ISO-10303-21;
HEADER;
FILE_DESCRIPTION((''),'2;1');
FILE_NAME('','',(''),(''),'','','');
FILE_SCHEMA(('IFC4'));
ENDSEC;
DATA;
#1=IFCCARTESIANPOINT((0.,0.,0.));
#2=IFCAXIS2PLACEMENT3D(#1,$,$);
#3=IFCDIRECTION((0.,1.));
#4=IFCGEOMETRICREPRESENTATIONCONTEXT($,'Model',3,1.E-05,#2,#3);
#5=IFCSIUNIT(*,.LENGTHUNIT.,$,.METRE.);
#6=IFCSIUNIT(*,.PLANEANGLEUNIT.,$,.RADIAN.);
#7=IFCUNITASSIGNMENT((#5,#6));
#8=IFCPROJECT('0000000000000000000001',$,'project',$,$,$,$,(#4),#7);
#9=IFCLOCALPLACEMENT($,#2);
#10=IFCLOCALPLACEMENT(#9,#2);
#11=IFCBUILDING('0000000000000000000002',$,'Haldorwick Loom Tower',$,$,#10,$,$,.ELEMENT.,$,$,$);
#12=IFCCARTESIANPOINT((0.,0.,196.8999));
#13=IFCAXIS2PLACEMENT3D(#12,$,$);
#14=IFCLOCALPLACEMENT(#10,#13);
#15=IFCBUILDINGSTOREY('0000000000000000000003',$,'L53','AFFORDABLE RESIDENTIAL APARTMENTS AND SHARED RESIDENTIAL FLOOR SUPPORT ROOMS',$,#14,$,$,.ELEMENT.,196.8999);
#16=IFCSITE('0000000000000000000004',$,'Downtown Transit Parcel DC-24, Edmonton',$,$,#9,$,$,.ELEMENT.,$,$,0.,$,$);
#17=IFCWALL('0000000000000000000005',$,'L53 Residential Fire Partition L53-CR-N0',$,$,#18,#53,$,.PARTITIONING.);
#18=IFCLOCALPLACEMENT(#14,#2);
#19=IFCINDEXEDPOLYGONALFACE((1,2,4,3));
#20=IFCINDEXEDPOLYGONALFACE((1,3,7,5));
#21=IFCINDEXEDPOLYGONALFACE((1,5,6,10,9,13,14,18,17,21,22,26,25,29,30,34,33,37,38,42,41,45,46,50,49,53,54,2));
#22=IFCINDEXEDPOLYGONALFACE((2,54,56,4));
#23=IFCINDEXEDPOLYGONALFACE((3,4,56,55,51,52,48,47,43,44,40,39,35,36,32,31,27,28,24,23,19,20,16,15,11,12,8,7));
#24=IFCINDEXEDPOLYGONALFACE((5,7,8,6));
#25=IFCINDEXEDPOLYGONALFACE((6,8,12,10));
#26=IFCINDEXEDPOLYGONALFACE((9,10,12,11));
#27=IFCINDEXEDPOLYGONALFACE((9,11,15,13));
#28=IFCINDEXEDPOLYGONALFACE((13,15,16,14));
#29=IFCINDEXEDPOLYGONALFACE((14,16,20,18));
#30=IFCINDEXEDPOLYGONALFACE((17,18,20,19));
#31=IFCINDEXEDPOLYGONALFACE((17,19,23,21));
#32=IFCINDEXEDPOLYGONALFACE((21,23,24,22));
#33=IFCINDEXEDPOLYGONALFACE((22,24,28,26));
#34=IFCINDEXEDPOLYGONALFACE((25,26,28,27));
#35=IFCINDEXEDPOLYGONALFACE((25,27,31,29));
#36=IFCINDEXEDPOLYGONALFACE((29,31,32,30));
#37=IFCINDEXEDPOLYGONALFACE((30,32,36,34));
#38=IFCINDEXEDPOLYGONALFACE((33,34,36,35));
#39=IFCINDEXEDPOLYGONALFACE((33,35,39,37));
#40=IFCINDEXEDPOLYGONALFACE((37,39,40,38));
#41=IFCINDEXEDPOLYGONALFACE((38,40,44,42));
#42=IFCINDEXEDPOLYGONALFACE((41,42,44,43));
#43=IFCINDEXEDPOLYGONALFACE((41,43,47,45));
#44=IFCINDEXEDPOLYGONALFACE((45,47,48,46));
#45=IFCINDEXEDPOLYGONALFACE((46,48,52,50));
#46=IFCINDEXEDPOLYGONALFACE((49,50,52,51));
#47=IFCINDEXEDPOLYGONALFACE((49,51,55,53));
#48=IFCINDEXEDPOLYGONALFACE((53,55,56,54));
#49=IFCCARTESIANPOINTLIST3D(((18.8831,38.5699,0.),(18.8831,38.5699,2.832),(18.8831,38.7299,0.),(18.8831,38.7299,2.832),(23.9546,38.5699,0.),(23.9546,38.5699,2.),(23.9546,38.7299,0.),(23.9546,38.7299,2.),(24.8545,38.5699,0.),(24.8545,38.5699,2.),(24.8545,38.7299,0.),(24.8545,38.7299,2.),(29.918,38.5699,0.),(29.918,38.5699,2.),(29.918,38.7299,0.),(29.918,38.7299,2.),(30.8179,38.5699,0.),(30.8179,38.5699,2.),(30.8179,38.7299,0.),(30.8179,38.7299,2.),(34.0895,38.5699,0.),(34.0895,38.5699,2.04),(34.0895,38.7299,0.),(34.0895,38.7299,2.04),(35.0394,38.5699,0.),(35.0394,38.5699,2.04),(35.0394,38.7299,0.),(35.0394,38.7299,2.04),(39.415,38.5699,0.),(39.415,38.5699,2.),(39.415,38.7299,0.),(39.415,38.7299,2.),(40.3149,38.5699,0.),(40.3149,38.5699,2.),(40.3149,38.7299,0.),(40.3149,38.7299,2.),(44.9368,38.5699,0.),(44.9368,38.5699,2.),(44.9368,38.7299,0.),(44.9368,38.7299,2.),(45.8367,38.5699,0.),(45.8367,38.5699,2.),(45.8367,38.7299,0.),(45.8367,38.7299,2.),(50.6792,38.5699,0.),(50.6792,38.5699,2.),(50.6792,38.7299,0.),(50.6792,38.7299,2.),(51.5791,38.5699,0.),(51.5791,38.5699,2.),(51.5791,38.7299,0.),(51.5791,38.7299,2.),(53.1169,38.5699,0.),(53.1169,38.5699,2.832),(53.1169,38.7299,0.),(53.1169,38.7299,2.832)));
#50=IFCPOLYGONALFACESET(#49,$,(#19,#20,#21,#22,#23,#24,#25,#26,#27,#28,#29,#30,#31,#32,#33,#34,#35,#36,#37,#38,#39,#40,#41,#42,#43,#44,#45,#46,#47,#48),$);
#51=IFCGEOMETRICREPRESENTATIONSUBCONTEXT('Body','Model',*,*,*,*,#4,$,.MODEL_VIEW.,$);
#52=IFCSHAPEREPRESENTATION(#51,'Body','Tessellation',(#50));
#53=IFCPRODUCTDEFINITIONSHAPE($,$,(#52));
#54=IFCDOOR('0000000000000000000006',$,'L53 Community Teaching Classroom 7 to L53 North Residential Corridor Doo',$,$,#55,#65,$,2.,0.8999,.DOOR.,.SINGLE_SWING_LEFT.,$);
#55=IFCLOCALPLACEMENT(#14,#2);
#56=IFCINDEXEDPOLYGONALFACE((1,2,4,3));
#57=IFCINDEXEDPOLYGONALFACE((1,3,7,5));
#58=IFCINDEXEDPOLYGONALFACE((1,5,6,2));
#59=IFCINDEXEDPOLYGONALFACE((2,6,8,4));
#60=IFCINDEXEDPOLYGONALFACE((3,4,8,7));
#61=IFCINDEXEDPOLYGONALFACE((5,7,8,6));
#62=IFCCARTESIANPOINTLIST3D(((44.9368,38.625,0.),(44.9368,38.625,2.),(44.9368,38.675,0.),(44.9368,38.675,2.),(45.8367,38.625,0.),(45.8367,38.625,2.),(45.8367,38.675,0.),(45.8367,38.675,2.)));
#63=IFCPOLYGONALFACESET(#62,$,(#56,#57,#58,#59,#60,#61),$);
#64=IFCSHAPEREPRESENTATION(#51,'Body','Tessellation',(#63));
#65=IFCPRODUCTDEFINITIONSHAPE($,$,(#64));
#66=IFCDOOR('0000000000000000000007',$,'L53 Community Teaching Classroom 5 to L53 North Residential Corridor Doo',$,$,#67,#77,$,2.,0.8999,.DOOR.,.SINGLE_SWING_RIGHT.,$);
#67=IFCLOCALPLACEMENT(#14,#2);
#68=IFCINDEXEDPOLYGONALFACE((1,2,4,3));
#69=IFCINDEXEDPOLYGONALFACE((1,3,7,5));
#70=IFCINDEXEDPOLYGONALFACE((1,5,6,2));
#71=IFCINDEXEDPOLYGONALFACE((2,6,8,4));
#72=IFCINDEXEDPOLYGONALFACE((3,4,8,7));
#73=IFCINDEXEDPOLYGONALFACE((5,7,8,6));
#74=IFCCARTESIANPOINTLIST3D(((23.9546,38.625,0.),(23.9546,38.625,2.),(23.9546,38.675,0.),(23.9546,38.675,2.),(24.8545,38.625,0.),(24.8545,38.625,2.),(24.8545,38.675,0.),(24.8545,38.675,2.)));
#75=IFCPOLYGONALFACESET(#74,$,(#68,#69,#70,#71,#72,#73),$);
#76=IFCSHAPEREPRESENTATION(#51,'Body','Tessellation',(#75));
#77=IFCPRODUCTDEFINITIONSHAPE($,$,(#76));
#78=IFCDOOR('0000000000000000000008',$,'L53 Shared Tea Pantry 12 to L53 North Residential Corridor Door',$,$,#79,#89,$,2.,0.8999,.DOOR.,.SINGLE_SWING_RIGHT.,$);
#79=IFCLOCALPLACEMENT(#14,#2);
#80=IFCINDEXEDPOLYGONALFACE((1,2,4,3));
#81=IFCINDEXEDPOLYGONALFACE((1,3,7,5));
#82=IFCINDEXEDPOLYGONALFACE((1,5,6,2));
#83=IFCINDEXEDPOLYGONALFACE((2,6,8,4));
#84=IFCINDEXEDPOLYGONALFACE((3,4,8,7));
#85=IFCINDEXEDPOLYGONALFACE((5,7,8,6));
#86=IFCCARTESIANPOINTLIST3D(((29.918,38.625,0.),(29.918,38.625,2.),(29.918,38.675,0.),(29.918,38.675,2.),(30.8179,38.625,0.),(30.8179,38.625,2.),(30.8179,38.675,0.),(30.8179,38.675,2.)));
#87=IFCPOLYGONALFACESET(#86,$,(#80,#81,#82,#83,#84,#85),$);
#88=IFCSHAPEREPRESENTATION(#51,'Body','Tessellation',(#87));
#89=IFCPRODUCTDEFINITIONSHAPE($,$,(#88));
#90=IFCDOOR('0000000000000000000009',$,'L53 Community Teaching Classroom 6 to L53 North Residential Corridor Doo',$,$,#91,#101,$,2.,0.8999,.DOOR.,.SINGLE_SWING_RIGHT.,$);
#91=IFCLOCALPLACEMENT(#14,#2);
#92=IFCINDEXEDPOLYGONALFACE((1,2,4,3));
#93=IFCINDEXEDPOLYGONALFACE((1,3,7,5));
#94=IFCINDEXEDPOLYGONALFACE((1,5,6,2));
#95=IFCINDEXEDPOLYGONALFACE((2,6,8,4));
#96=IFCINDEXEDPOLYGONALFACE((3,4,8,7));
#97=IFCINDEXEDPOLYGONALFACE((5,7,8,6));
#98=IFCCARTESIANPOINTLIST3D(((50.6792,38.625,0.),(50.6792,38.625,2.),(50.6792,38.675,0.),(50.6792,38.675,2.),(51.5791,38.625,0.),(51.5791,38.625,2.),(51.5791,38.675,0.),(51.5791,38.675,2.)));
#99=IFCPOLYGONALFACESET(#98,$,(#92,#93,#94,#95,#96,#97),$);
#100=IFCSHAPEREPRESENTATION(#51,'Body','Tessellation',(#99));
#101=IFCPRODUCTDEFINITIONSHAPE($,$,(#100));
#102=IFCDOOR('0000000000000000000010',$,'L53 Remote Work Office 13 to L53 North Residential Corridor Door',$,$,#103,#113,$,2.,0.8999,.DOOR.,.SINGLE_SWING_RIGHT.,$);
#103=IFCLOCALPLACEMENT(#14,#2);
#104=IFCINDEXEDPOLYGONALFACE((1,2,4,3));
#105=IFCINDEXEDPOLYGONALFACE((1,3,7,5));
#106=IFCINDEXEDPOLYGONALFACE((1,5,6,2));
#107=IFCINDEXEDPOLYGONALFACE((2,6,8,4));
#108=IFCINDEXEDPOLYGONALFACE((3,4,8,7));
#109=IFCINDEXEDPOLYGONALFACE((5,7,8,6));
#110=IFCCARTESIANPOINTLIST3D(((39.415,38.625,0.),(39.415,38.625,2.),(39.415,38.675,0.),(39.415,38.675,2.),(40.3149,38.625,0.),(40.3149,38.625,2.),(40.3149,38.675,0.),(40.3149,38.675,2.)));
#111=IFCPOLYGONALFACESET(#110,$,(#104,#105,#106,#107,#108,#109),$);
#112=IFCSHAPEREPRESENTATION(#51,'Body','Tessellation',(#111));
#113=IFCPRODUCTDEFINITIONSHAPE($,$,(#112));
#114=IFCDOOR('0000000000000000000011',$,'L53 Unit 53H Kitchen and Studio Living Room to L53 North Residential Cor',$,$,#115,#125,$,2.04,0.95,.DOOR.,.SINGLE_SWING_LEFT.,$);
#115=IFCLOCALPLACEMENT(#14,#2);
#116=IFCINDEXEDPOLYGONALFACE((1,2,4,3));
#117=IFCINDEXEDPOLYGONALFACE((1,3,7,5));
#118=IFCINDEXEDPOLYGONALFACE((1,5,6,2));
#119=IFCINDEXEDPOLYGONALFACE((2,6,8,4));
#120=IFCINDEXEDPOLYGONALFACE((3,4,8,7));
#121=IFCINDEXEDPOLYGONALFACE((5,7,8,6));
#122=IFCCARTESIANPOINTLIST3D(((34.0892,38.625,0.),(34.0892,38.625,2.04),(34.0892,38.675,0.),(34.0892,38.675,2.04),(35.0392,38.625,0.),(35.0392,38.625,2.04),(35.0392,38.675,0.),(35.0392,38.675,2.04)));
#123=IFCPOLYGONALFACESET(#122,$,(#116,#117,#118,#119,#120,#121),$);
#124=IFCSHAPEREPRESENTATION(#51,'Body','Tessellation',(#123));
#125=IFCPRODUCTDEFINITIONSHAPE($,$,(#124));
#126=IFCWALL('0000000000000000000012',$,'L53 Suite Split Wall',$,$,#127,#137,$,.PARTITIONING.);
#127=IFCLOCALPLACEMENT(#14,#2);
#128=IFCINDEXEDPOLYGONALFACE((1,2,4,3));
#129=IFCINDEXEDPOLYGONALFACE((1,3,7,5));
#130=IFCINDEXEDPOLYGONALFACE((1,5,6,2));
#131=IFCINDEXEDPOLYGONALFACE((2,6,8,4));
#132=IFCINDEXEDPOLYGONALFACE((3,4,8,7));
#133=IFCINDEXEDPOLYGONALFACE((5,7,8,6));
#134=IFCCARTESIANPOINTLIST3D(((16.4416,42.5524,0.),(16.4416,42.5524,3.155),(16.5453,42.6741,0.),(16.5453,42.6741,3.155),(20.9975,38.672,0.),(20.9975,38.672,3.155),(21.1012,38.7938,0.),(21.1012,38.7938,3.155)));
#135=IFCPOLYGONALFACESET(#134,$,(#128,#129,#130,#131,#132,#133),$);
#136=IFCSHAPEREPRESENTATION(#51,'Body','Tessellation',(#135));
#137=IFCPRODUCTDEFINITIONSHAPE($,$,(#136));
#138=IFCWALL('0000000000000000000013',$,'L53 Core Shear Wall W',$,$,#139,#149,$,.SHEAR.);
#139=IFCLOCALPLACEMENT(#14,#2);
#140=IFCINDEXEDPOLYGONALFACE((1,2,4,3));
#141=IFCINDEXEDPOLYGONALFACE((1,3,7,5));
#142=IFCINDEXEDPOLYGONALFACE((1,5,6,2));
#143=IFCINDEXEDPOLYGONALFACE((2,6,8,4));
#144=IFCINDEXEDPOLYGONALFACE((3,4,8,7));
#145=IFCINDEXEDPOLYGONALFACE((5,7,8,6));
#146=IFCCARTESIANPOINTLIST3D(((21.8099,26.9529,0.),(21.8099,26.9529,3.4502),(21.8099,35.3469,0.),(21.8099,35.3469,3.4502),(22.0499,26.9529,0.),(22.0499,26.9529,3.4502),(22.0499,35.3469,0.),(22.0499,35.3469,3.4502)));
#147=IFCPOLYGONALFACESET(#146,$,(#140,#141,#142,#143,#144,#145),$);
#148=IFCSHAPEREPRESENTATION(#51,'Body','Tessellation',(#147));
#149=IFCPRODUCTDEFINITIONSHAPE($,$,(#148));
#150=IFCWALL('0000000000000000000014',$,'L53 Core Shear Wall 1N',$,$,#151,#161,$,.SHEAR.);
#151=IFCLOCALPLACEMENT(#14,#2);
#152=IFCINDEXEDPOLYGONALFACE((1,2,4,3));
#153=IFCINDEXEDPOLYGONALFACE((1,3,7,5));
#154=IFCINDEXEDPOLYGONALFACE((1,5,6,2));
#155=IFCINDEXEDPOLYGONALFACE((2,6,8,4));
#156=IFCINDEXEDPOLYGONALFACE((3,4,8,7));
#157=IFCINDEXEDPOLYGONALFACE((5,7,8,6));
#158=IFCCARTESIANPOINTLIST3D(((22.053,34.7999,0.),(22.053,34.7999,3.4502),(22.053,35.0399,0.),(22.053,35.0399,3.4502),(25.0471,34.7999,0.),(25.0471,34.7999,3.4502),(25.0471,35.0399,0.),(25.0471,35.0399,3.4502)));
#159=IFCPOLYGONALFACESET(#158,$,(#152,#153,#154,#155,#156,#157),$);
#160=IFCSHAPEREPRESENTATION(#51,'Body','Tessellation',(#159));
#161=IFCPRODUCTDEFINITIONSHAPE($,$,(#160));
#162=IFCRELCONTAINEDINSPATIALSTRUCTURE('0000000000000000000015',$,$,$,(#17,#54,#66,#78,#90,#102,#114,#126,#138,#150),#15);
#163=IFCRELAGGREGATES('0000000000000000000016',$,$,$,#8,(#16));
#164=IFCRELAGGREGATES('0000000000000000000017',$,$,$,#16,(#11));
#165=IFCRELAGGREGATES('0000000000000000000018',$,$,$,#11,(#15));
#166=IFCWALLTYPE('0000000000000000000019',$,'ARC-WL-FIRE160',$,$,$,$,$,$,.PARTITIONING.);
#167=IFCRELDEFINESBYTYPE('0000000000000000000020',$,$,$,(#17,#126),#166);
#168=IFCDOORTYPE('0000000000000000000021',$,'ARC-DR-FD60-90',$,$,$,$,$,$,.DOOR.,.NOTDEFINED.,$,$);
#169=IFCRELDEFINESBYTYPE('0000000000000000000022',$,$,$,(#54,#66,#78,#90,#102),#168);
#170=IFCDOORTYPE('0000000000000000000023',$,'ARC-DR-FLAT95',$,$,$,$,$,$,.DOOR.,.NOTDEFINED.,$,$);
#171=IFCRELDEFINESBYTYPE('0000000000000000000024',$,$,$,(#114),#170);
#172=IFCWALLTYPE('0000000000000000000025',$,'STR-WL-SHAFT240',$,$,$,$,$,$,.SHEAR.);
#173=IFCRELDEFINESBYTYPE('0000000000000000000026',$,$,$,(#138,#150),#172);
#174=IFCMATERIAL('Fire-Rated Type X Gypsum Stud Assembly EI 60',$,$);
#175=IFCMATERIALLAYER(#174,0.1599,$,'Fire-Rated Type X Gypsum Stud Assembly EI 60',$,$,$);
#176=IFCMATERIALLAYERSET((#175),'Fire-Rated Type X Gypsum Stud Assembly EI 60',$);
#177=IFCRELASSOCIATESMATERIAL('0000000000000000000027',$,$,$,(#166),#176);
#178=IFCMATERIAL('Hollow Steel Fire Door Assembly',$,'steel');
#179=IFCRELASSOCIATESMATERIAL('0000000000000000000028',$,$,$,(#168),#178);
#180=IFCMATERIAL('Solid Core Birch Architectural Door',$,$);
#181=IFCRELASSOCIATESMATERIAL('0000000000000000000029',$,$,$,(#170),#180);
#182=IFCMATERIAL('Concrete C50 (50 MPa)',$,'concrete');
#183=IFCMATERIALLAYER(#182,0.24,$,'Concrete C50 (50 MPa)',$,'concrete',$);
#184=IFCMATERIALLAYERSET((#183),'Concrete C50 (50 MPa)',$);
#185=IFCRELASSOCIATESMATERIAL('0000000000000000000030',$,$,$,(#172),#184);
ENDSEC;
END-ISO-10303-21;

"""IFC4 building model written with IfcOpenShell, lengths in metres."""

from ifc_helpers import new_model, si_unit, direction, frame, frame_2d, origin, place, context, subcontext, project, spatial, rectangle, extrude, material, layer, layer_set, type_object, element, fill, save


model = new_model("IFC4")

# Units and contexts
model_context = context("Model", 3, precision=1e-05, world=origin(), true_north=direction((0.0, 1.0)))
body_context = subcontext(model_context, "Body", "Model", "MODEL_VIEW")
ifc_project = project(units=[si_unit("LENGTHUNIT", "METRE"), si_unit("PLANEANGLEUNIT", "RADIAN")], contexts=[model_context])

# Site, building, storey
site_placement = place(None, origin())
site = spatial("IfcSite", under=ifc_project, at=site_placement, Name="Downtown Transit Parcel DC-24, Edmonton", CompositionType="ELEMENT", RefElevation=0.0)
building_placement = place(site_placement, origin())
building = spatial("IfcBuilding", under=site, at=building_placement, Name="Haldorwick Loom Tower", CompositionType="ELEMENT")
storey_placement = place(building_placement, frame((0.0, 0.0, 196.8999)))
storey = spatial("IfcBuildingStorey", under=building, at=storey_placement, Name="L53", Description="AFFORDABLE RESIDENTIAL APARTMENTS AND SHARED RESIDENTIAL FLOOR SUPPORT ROOMS", CompositionType="ELEMENT", Elevation=196.8999)

# Shared definitions
ifc_material_1 = material(Name="Concrete C50 (50 MPa)", Category="concrete")

# Wall, openings, doors
ifc_material_2 = material(Name="Fire-Rated Type X Gypsum Stud Assembly EI 60")
ifc_layer_1 = layer(ifc_material_2, 0.1599, Name="Fire-Rated Type X Gypsum Stud Assembly EI 60")
ifc_layer_set_1 = layer_set([ifc_layer_1], Name="Fire-Rated Type X Gypsum Stud Assembly EI 60")
wall_type_1 = type_object("IfcWallType", Name="ARC-WL-FIRE160", PredefinedType="PARTITIONING", material=ifc_layer_set_1)
wall_1_placement = place(storey_placement, frame((18.8831, 38.6499, 0.0), z_axis=(0.0, 0.0, 1.0), x_axis=(1.0, 0.0, 0.0)))
wall_1 = element("IfcWall", 1, at=wall_1_placement, inside=storey, type_object=wall_type_1, Name="L53 Residential Fire Partition L53-CR-N0", PredefinedType="PARTITIONING", context=body_context, shape_type="SweptSolid", body=[
    extrude(rectangle(XDim=34.2339, YDim=0.1599, at=frame_2d((17.1169, 0.0))), origin(), (0.0, 0.0, 1.0), 2.832),
])
opening_1_placement = place(wall_1_placement, frame((26.0537, 0.0, 0.0)))
opening_1 = element("IfcOpeningElement", 2, at=opening_1_placement, cuts=wall_1, PredefinedType="OPENING", context=body_context, shape_type="SweptSolid", body=[
    extrude(rectangle(XDim=0.8999, YDim=2.0, at=frame_2d((0.45, 1.0))), frame((0.0, 0.0898, 0.0), z_axis=(0.0, -1.0, 0.0), x_axis=(1.0, 0.0, 0.0)), (0.0, 0.0, 1.0), 0.1799),
])
opening_2_placement = place(wall_1_placement, frame((5.0715, 0.0, 0.0)))
opening_2 = element("IfcOpeningElement", 3, at=opening_2_placement, cuts=wall_1, PredefinedType="OPENING", context=body_context, shape_type="SweptSolid", body=[
    extrude(rectangle(XDim=0.8999, YDim=2.0, at=frame_2d((0.45, 1.0))), frame((0.0, 0.0898, 0.0), z_axis=(0.0, -1.0, 0.0), x_axis=(1.0, 0.0, 0.0)), (0.0, 0.0, 1.0), 0.1799),
])
opening_3_placement = place(wall_1_placement, frame((11.0349, 0.0, 0.0)))
opening_3 = element("IfcOpeningElement", 4, at=opening_3_placement, cuts=wall_1, PredefinedType="OPENING", context=body_context, shape_type="SweptSolid", body=[
    extrude(rectangle(XDim=0.8999, YDim=2.0, at=frame_2d((0.45, 1.0))), frame((0.0, 0.0898, 0.0), z_axis=(0.0, -1.0, 0.0), x_axis=(1.0, 0.0, 0.0)), (0.0, 0.0, 1.0), 0.1799),
])
opening_4_placement = place(wall_1_placement, frame((15.2063, 0.0, 0.0)))
opening_4 = element("IfcOpeningElement", 5, at=opening_4_placement, cuts=wall_1, PredefinedType="OPENING", context=body_context, shape_type="SweptSolid", body=[
    extrude(rectangle(XDim=0.95, YDim=2.04, at=frame_2d((0.4751, 1.02))), frame((0.0, 0.0898, 0.0), z_axis=(0.0, -1.0, 0.0), x_axis=(1.0, 0.0, 0.0)), (0.0, 0.0, 1.0), 0.1799),
])
opening_5_placement = place(wall_1_placement, frame((31.7961, 0.0, 0.0)))
opening_5 = element("IfcOpeningElement", 6, at=opening_5_placement, cuts=wall_1, PredefinedType="OPENING", context=body_context, shape_type="SweptSolid", body=[
    extrude(rectangle(XDim=0.8999, YDim=2.0, at=frame_2d((0.45, 1.0))), frame((0.0, 0.0898, 0.0), z_axis=(0.0, -1.0, 0.0), x_axis=(1.0, 0.0, 0.0)), (0.0, 0.0, 1.0), 0.1799),
])
opening_6_placement = place(wall_1_placement, frame((20.532, 0.0, 0.0)))
opening_6 = element("IfcOpeningElement", 7, at=opening_6_placement, cuts=wall_1, PredefinedType="OPENING", context=body_context, shape_type="SweptSolid", body=[
    extrude(rectangle(XDim=0.8999, YDim=2.0, at=frame_2d((0.45, 1.0))), frame((0.0, 0.0898, 0.0), z_axis=(0.0, -1.0, 0.0), x_axis=(1.0, 0.0, 0.0)), (0.0, 0.0, 1.0), 0.1799),
])
ifc_material_3 = material(Name="Hollow Steel Fire Door Assembly", Category="steel")
door_type_1 = type_object("IfcDoorType", Name="ARC-DR-FD60-90", OperationType="NOTDEFINED", PredefinedType="DOOR", material=ifc_material_3)
door_1_placement = place(opening_1_placement, frame((0.8999, 0.0, 0.0), z_axis=(0.0, 0.0, 1.0), x_axis=(-1.0, 0.0, 0.0)))
door_1 = element("IfcDoor", 8, at=door_1_placement, inside=storey, type_object=door_type_1, Name="L53 Community Teaching Classroom 7 to L53 North Residential Corridor Doo", OperationType="SINGLE_SWING_LEFT", OverallHeight=2.0, OverallWidth=0.8999, PredefinedType="DOOR", context=body_context, shape_type="SweptSolid", body=[
    extrude(rectangle(XDim=0.8999, YDim=2.0, at=frame_2d((0.45, 1.0))), frame((0.0, 0.0249, 0.0), z_axis=(0.0, -1.0, 0.0), x_axis=(1.0, 0.0, 0.0)), (0.0, 0.0, 1.0), 0.05),
])
fill(opening_1, door_1)
door_2_placement = place(opening_2_placement, frame((0.8999, 0.0, 0.0), z_axis=(0.0, 0.0, 1.0), x_axis=(-1.0, 0.0, 0.0)))
door_2 = element("IfcDoor", 9, at=door_2_placement, inside=storey, type_object=door_type_1, Name="L53 Community Teaching Classroom 5 to L53 North Residential Corridor Doo", OperationType="SINGLE_SWING_RIGHT", OverallHeight=2.0, OverallWidth=0.8999, PredefinedType="DOOR", context=body_context, shape_type="SweptSolid", body=[
    extrude(rectangle(XDim=0.8999, YDim=2.0, at=frame_2d((0.45, 1.0))), frame((0.0, 0.0249, 0.0), z_axis=(0.0, -1.0, 0.0), x_axis=(1.0, 0.0, 0.0)), (0.0, 0.0, 1.0), 0.05),
])
fill(opening_2, door_2)
door_3_placement = place(opening_3_placement, frame((0.8999, 0.0, 0.0), z_axis=(0.0, 0.0, 1.0), x_axis=(-1.0, 0.0, 0.0)))
door_3 = element("IfcDoor", 10, at=door_3_placement, inside=storey, type_object=door_type_1, Name="L53 Shared Tea Pantry 12 to L53 North Residential Corridor Door", OperationType="SINGLE_SWING_RIGHT", OverallHeight=2.0, OverallWidth=0.8999, PredefinedType="DOOR", context=body_context, shape_type="SweptSolid", body=[
    extrude(rectangle(XDim=0.8999, YDim=2.0, at=frame_2d((0.45, 1.0))), frame((0.0, 0.0249, 0.0), z_axis=(0.0, -1.0, 0.0), x_axis=(1.0, 0.0, 0.0)), (0.0, 0.0, 1.0), 0.05),
])
fill(opening_3, door_3)
door_4_placement = place(opening_5_placement, frame((0.8999, 0.0, 0.0), z_axis=(0.0, 0.0, 1.0), x_axis=(-1.0, 0.0, 0.0)))
door_4 = element("IfcDoor", 11, at=door_4_placement, inside=storey, type_object=door_type_1, Name="L53 Community Teaching Classroom 6 to L53 North Residential Corridor Doo", OperationType="SINGLE_SWING_RIGHT", OverallHeight=2.0, OverallWidth=0.8999, PredefinedType="DOOR", context=body_context, shape_type="SweptSolid", body=[
    extrude(rectangle(XDim=0.8999, YDim=2.0, at=frame_2d((0.45, 1.0))), frame((0.0, 0.0249, 0.0), z_axis=(0.0, -1.0, 0.0), x_axis=(1.0, 0.0, 0.0)), (0.0, 0.0, 1.0), 0.05),
])
fill(opening_5, door_4)
door_5_placement = place(opening_6_placement, frame((0.8999, 0.0, 0.0), z_axis=(0.0, 0.0, 1.0), x_axis=(-1.0, 0.0, 0.0)))
door_5 = element("IfcDoor", 12, at=door_5_placement, inside=storey, type_object=door_type_1, Name="L53 Remote Work Office 13 to L53 North Residential Corridor Door", OperationType="SINGLE_SWING_RIGHT", OverallHeight=2.0, OverallWidth=0.8999, PredefinedType="DOOR", context=body_context, shape_type="SweptSolid", body=[
    extrude(rectangle(XDim=0.8999, YDim=2.0, at=frame_2d((0.45, 1.0))), frame((0.0, 0.0249, 0.0), z_axis=(0.0, -1.0, 0.0), x_axis=(1.0, 0.0, 0.0)), (0.0, 0.0, 1.0), 0.05),
])
fill(opening_6, door_5)
ifc_material_4 = material(Name="Solid Core Birch Architectural Door")
door_type_2 = type_object("IfcDoorType", Name="ARC-DR-FLAT95", OperationType="NOTDEFINED", PredefinedType="DOOR", material=ifc_material_4)
door_6_placement = place(opening_4_placement, frame((0.95, 0.0, 0.0), z_axis=(0.0, 0.0, 1.0), x_axis=(-1.0, 0.0, 0.0)))
door_6 = element("IfcDoor", 13, at=door_6_placement, inside=storey, type_object=door_type_2, Name="L53 Unit 53H Kitchen and Studio Living Room to L53 North Residential Cor", OperationType="SINGLE_SWING_LEFT", OverallHeight=2.04, OverallWidth=0.95, PredefinedType="DOOR", context=body_context, shape_type="SweptSolid", body=[
    extrude(rectangle(XDim=0.95, YDim=2.04, at=frame_2d((0.4751, 1.02))), frame((0.0, 0.0249, 0.0), z_axis=(0.0, -1.0, 0.0), x_axis=(1.0, 0.0, 0.0)), (0.0, 0.0, 1.0), 0.05),
])
fill(opening_4, door_6)

# Walls
wall_2_placement = place(storey_placement, frame((21.0493, 38.7329, 0.0), z_axis=(0.0, 0.0, 1.0), x_axis=(-0.761292, 0.64841, 0.0)))
element("IfcWall", 14, at=wall_2_placement, inside=storey, type_object=wall_type_1, Name="L53 Suite Split Wall", PredefinedType="PARTITIONING", context=body_context, shape_type="SweptSolid", body=[
    extrude(rectangle(XDim=5.9844, YDim=0.1599, at=frame_2d((2.9922, 0.0))), origin(), (0.0, 0.0, 1.0), 3.155),
])
ifc_layer_2 = layer(ifc_material_1, 0.24, Name="Concrete C50 (50 MPa)", Category="concrete")
ifc_layer_set_2 = layer_set([ifc_layer_2], Name="Concrete C50 (50 MPa)")
wall_type_2 = type_object("IfcWallType", Name="STR-WL-SHAFT240", PredefinedType="SHEAR", material=ifc_layer_set_2)
wall_3_placement = place(storey_placement, frame((21.9299, 35.3469, 0.0), z_axis=(0.0, 0.0, 1.0), x_axis=(0.0, -1.0, 0.0)))
element("IfcWall", 15, at=wall_3_placement, inside=storey, type_object=wall_type_2, Name="L53 Core Shear Wall W", PredefinedType="SHEAR", context=body_context, shape_type="SweptSolid", body=[
    extrude(rectangle(XDim=8.394, YDim=0.24, at=frame_2d((4.197, 0.0))), origin(), (0.0, 0.0, 1.0), 3.4502),
])
wall_4_placement = place(storey_placement, frame((22.053, 34.9199, 0.0), z_axis=(0.0, 0.0, 1.0), x_axis=(1.0, 0.0, 0.0)))
element("IfcWall", 16, at=wall_4_placement, inside=storey, type_object=wall_type_2, Name="L53 Core Shear Wall 1N", PredefinedType="SHEAR", context=body_context, shape_type="SweptSolid", body=[
    extrude(rectangle(XDim=2.9941, YDim=0.24, at=frame_2d((1.4971, 0.0))), origin(), (0.0, 0.0, 1.0), 3.4502),
])

save(model, "model.ifc")
